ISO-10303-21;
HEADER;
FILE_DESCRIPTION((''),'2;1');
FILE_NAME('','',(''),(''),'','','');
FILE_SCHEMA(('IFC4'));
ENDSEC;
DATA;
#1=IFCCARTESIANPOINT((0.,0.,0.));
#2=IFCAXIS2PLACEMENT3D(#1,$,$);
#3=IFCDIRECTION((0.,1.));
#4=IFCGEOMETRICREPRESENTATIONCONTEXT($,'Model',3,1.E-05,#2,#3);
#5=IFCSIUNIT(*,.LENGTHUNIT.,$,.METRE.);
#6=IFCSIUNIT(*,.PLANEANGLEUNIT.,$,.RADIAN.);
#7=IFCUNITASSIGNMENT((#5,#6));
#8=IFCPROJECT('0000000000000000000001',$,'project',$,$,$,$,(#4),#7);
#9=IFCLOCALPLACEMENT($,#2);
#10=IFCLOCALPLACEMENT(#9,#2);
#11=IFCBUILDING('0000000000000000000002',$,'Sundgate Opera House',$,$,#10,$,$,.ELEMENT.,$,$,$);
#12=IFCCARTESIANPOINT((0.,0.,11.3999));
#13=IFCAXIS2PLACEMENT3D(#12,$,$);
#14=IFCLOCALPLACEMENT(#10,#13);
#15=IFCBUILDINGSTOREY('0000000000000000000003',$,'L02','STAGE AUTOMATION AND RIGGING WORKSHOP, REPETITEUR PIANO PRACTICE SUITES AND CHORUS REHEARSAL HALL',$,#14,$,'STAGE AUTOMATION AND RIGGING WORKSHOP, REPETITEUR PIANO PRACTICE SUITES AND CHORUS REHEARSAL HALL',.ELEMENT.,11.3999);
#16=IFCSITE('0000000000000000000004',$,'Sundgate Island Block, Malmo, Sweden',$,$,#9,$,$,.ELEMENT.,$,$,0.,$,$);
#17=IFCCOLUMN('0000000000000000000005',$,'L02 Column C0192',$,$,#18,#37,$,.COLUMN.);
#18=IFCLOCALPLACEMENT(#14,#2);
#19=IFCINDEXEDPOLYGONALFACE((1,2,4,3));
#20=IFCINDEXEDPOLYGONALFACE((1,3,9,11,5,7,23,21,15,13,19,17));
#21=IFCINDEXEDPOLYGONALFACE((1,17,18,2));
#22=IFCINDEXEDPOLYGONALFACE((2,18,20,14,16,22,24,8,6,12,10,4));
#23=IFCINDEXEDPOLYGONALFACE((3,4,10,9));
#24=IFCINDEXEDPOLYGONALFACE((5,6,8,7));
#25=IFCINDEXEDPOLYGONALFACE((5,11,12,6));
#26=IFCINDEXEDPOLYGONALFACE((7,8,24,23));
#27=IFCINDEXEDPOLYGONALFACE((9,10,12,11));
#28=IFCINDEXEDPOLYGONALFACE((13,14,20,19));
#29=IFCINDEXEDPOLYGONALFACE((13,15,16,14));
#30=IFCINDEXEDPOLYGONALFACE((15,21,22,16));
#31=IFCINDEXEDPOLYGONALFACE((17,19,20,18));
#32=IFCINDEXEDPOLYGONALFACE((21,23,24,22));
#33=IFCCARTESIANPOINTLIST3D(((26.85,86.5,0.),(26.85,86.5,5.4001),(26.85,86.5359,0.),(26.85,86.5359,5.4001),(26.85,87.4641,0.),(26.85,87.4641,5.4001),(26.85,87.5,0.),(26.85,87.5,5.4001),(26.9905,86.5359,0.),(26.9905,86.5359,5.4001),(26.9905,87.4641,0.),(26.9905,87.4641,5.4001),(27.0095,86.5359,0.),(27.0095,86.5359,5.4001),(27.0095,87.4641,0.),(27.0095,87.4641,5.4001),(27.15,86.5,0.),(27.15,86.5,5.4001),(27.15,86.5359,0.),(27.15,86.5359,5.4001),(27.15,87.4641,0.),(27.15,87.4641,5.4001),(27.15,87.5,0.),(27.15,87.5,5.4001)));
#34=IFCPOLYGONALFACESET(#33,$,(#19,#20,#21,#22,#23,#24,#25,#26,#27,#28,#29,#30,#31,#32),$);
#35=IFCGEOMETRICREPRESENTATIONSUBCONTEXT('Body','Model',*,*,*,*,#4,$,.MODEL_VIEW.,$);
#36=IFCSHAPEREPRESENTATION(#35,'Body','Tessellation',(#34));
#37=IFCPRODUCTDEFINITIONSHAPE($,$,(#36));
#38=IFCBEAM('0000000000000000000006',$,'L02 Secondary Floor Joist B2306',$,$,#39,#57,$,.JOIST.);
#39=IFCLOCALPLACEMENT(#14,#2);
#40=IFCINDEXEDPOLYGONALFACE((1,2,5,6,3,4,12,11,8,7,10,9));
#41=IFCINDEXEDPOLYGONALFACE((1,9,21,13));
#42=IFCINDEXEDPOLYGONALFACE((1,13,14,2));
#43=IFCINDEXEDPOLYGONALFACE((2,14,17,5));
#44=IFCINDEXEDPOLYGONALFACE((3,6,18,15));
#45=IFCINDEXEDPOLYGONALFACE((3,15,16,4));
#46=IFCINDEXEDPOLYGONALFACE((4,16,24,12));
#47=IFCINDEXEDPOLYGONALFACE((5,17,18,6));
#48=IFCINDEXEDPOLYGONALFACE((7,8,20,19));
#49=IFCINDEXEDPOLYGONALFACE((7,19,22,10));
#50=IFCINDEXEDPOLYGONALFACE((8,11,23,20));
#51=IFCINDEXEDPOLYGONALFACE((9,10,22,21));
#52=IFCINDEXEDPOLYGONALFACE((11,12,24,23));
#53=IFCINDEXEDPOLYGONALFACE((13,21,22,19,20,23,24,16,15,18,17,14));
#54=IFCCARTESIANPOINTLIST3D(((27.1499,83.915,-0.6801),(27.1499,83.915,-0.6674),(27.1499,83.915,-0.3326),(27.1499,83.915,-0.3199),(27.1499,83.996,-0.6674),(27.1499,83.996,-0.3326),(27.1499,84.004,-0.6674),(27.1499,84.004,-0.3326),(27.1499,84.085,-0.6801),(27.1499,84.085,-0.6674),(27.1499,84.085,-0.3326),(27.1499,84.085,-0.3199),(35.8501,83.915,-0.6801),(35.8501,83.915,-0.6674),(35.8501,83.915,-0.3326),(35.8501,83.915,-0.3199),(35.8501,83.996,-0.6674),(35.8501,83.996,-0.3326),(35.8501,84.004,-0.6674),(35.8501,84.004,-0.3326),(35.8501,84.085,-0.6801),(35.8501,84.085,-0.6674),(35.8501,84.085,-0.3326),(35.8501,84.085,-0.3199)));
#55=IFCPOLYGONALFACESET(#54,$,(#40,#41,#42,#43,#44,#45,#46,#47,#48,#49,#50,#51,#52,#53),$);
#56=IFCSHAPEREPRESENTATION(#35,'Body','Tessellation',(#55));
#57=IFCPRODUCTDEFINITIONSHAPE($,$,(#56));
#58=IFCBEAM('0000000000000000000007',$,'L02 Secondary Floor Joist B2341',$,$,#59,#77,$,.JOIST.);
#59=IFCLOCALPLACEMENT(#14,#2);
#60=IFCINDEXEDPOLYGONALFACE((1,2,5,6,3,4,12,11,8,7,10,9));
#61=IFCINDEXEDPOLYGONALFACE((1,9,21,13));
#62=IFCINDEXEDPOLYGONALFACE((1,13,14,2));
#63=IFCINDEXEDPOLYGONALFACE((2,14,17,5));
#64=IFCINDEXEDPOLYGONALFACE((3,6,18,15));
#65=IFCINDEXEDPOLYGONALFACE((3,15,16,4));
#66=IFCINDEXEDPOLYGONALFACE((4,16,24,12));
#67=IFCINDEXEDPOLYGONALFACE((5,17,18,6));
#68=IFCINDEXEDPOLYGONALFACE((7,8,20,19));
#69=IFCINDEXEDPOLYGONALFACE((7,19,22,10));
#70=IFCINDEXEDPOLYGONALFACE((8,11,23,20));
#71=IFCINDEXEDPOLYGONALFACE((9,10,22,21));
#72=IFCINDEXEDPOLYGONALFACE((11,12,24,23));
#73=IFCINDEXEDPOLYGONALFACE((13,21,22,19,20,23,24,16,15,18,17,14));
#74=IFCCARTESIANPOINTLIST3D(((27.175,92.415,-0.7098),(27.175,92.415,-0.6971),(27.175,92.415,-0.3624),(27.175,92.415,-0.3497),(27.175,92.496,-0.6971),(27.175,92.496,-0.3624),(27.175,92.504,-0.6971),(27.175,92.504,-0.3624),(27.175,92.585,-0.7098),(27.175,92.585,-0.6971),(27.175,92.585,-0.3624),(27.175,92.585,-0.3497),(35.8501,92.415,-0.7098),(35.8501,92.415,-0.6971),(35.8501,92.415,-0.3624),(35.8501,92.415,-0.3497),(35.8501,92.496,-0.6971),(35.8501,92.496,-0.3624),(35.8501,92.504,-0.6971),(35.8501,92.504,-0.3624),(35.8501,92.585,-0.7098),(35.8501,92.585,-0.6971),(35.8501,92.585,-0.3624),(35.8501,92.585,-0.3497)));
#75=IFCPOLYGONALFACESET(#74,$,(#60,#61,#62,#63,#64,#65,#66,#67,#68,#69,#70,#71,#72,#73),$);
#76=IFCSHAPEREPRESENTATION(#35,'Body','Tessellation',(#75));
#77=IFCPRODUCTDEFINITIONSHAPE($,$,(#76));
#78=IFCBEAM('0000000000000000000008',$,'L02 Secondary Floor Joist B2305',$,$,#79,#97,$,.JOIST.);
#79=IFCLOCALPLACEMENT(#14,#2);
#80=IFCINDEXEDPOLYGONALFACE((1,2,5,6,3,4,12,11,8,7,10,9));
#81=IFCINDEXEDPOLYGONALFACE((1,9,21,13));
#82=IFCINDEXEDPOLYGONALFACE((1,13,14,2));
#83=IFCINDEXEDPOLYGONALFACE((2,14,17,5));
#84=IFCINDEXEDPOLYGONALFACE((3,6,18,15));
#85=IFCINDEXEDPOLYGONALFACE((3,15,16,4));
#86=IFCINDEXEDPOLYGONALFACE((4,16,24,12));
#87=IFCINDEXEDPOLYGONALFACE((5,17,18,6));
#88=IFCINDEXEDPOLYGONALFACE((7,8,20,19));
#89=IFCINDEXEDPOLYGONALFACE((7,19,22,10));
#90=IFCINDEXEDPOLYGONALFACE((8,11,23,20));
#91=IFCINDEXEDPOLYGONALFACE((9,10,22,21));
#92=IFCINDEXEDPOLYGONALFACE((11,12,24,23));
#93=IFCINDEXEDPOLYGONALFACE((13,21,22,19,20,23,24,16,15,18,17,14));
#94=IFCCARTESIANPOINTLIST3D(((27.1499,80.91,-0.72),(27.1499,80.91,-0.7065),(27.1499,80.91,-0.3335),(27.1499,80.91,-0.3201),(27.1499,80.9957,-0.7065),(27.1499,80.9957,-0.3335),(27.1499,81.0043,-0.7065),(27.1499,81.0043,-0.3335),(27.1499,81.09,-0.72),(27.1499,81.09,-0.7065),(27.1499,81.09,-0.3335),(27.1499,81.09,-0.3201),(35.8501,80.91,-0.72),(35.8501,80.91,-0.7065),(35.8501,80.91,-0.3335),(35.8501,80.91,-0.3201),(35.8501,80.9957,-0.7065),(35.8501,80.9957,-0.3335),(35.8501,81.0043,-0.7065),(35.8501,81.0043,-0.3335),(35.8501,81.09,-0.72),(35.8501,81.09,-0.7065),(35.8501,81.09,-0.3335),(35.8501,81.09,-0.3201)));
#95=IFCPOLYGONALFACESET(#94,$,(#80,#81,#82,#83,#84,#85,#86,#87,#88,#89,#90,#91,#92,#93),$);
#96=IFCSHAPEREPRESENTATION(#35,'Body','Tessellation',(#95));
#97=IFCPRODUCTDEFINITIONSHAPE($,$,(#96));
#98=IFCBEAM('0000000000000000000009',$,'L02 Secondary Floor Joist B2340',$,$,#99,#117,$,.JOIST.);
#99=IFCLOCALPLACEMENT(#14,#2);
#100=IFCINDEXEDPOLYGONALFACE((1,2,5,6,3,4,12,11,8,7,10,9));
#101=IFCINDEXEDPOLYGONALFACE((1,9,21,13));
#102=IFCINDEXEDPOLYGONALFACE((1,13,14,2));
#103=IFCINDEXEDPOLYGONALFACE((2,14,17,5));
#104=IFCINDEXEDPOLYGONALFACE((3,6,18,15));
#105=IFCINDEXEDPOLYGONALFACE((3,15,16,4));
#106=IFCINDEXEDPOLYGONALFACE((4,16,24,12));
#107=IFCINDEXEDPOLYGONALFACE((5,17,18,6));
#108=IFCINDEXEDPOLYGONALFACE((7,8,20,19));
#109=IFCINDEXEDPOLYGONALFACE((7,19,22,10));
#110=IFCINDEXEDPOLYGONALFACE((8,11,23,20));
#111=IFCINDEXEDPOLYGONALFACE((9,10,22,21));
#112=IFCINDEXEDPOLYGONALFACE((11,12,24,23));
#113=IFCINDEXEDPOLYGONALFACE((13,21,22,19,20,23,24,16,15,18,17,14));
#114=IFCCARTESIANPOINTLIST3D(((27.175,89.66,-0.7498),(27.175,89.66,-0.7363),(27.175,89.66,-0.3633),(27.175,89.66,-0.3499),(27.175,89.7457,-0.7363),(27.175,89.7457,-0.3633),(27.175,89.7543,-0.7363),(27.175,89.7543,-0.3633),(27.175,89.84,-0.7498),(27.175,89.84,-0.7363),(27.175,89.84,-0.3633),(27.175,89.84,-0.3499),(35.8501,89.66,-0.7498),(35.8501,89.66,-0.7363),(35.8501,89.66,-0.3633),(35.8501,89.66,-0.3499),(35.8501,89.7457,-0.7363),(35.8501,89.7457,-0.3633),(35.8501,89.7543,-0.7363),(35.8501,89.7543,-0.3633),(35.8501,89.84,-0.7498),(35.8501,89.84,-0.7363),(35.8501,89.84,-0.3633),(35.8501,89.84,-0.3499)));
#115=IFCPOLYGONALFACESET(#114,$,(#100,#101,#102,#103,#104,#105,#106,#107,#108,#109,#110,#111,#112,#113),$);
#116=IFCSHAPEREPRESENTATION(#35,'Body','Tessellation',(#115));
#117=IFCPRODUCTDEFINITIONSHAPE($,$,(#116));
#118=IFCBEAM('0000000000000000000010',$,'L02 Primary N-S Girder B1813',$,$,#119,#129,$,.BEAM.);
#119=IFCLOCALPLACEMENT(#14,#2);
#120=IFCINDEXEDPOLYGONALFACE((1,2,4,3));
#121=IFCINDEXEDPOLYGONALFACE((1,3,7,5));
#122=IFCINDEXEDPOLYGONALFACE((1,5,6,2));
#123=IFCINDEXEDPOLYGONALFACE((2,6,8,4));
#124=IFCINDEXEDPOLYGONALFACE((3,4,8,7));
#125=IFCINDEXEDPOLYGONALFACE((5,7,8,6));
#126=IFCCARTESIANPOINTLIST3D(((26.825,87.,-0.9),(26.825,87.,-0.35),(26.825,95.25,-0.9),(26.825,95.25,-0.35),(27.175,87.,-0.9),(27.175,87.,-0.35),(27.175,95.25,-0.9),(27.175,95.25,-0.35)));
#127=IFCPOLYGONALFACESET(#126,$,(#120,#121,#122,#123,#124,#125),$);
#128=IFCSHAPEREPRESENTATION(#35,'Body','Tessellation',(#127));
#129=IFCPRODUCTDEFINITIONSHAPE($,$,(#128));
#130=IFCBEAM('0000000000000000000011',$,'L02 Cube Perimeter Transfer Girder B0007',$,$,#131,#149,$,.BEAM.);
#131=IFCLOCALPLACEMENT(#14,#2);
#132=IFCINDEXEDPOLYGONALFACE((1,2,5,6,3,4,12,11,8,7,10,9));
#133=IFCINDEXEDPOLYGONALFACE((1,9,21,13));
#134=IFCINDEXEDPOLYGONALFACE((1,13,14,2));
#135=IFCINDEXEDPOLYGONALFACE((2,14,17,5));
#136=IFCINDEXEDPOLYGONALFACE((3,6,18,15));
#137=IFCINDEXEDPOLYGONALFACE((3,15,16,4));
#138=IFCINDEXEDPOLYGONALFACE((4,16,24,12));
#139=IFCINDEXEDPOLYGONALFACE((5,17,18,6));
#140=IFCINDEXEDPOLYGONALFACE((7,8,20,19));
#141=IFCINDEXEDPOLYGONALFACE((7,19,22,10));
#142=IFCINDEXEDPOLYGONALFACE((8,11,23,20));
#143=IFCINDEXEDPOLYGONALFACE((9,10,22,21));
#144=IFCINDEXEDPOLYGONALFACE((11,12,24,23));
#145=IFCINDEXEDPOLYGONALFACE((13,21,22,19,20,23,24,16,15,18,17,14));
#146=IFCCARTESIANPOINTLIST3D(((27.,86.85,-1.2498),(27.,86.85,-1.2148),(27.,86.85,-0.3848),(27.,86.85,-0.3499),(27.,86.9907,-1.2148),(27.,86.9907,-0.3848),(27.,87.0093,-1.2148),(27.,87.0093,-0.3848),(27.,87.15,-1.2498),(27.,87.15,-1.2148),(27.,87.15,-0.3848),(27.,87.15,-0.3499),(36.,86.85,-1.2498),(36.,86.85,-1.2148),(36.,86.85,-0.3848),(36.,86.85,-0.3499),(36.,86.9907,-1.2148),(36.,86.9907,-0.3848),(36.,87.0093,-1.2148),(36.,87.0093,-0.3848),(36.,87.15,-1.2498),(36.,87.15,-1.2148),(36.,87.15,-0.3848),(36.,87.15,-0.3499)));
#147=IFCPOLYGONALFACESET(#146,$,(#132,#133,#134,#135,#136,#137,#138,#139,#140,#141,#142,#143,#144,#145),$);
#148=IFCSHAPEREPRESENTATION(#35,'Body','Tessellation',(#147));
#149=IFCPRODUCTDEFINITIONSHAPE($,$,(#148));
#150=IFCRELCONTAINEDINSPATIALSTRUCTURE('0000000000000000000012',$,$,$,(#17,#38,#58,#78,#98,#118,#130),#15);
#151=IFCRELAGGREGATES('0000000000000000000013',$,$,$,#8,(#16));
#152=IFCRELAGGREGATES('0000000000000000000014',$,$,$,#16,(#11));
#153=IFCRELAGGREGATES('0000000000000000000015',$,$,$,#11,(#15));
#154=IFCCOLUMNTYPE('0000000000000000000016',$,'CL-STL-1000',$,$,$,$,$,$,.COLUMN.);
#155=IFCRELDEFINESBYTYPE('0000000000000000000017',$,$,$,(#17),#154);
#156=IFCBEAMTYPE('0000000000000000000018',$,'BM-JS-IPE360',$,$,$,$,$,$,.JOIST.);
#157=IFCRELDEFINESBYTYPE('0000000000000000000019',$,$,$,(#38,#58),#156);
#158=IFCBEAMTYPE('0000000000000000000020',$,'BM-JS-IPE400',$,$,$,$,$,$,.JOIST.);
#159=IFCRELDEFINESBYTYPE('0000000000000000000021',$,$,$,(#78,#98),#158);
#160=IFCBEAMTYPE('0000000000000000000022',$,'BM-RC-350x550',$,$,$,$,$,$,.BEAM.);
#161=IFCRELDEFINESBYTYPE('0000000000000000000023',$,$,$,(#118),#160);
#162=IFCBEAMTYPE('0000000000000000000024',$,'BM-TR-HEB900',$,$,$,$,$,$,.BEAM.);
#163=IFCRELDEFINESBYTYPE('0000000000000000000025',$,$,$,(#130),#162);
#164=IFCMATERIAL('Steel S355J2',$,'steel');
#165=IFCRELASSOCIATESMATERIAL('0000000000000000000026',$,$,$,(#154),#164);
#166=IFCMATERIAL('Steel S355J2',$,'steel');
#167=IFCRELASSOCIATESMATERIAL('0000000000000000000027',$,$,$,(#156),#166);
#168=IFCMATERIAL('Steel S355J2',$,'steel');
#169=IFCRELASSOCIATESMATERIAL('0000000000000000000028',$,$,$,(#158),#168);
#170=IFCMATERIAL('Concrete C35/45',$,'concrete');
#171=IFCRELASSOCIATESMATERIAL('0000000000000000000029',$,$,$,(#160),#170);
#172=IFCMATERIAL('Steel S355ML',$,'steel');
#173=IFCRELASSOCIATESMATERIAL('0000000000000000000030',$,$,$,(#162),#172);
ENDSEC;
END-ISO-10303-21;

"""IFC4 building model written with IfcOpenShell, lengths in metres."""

from ifc_helpers import new_model, si_unit, direction, frame, origin, origin_2d, place, context, subcontext, project, spatial, rectangle, i_section, extrude, material, material_profile, profile_set, type_object, element, save


model = new_model("IFC4")

# Units and contexts
model_context = context("Model", 3, precision=1e-05, world=origin(), true_north=direction((0.0, 1.0)))
body_context = subcontext(model_context, "Body", "Model", "MODEL_VIEW")
ifc_project = project(units=[si_unit("LENGTHUNIT", "METRE"), si_unit("PLANEANGLEUNIT", "RADIAN")], contexts=[model_context])

# Site, building, storey
site_placement = place(None, origin())
site = spatial("IfcSite", under=ifc_project, at=site_placement, Name="Sundgate Island Block, Malmo, Sweden", CompositionType="ELEMENT", RefElevation=0.0)
building_placement = place(site_placement, origin())
building = spatial("IfcBuilding", under=site, at=building_placement, Name="Sundgate Opera House", CompositionType="ELEMENT")
storey_placement = place(building_placement, frame((0.0, 0.0, 11.3999)))
storey = spatial("IfcBuildingStorey", under=building, at=storey_placement, Name="L02", Description="STAGE AUTOMATION AND RIGGING WORKSHOP, REPETITEUR PIANO PRACTICE SUITES AND CHORUS REHEARSAL HALL", LongName="STAGE AUTOMATION AND RIGGING WORKSHOP, REPETITEUR PIANO PRACTICE SUITES AND CHORUS REHEARSAL HALL", CompositionType="ELEMENT", Elevation=11.3999)

# Column
ifc_material_1 = material(Name="Steel S355J2", Category="steel")
ifc_material_profile_1 = material_profile(ifc_material_1, i_section(OverallWidth=0.3, OverallDepth=1.0, WebThickness=0.019, FlangeThickness=0.0359, at=origin_2d()), Name="HEB 1000")
ifc_profile_set_1 = profile_set([ifc_material_profile_1], Name="Steel S355J2")
column_type = type_object("IfcColumnType", Name="CL-STL-1000", PredefinedType="COLUMN", material=ifc_profile_set_1)
column_placement = place(storey_placement, frame((27.0, 87.0, 0.0), z_axis=(0.0, 0.0, 1.0), x_axis=(1.0, 0.0, 0.0)))
element("IfcColumn", 1, at=column_placement, inside=storey, type_object=column_type, Name="L02 Column C0192", PredefinedType="COLUMN", context=body_context, shape_type="SweptSolid", body=[
    extrude(i_section(OverallWidth=0.3, OverallDepth=1.0, WebThickness=0.019, FlangeThickness=0.0359, at=origin_2d()), origin(), (0.0, 0.0, 1.0), 5.4001),
])

# Beams
ifc_material_2 = material(Name="Steel S355J2", Category="steel")
ifc_material_profile_2 = material_profile(ifc_material_2, i_section(OverallWidth=0.1699, OverallDepth=0.3601, WebThickness=0.0081, FlangeThickness=0.0127, at=origin_2d()), Name="IPE 360")
ifc_profile_set_2 = profile_set([ifc_material_profile_2], Name="Steel S355J2")
beam_type_1 = type_object("IfcBeamType", Name="BM-JS-IPE360", PredefinedType="JOIST", material=ifc_profile_set_2)
beam_1_placement = place(storey_placement, frame((27.1499, 84.0, -0.5), z_axis=(1.0, 0.0, 0.0), x_axis=(0.0, 1.0, 0.0)))
element("IfcBeam", 2, at=beam_1_placement, inside=storey, type_object=beam_type_1, Name="L02 Secondary Floor Joist B2306", PredefinedType="JOIST", context=body_context, shape_type="SweptSolid", body=[
    extrude(i_section(OverallWidth=0.1699, OverallDepth=0.3601, WebThickness=0.0081, FlangeThickness=0.0127, at=origin_2d()), origin(), (0.0, 0.0, 1.0), 8.7002),
])
beam_2_placement = place(storey_placement, frame((27.175, 92.5, -0.5298), z_axis=(1.0, 0.0, 0.0), x_axis=(0.0, 1.0, 0.0)))
element("IfcBeam", 3, at=beam_2_placement, inside=storey, type_object=beam_type_1, Name="L02 Secondary Floor Joist B2341", PredefinedType="JOIST", context=body_context, shape_type="SweptSolid", body=[
    extrude(i_section(OverallWidth=0.1699, OverallDepth=0.3601, WebThickness=0.0081, FlangeThickness=0.0127, at=origin_2d()), origin(), (0.0, 0.0, 1.0), 8.675),
])
ifc_material_3 = material(Name="Steel S355J2", Category="steel")
ifc_material_profile_3 = material_profile(ifc_material_3, i_section(OverallWidth=0.1799, OverallDepth=0.3999, WebThickness=0.0085, FlangeThickness=0.0134, at=origin_2d()), Name="IPE 400")
ifc_profile_set_3 = profile_set([ifc_material_profile_3], Name="Steel S355J2")
beam_type_2 = type_object("IfcBeamType", Name="BM-JS-IPE400", PredefinedType="JOIST", material=ifc_profile_set_3)
beam_3_placement = place(storey_placement, frame((27.1499, 81.0, -0.52), z_axis=(1.0, 0.0, 0.0), x_axis=(0.0, 1.0, 0.0)))
element("IfcBeam", 4, at=beam_3_placement, inside=storey, type_object=beam_type_2, Name="L02 Secondary Floor Joist B2305", PredefinedType="JOIST", context=body_context, shape_type="SweptSolid", body=[
    extrude(i_section(OverallWidth=0.1799, OverallDepth=0.3999, WebThickness=0.0085, FlangeThickness=0.0134, at=origin_2d()), origin(), (0.0, 0.0, 1.0), 8.7002),
])
beam_4_placement = place(storey_placement, frame((27.175, 89.75, -0.5498), z_axis=(1.0, 0.0, 0.0), x_axis=(0.0, 1.0, 0.0)))
element("IfcBeam", 5, at=beam_4_placement, inside=storey, type_object=beam_type_2, Name="L02 Secondary Floor Joist B2340", PredefinedType="JOIST", context=body_context, shape_type="SweptSolid", body=[
    extrude(i_section(OverallWidth=0.1799, OverallDepth=0.3999, WebThickness=0.0085, FlangeThickness=0.0134, at=origin_2d()), origin(), (0.0, 0.0, 1.0), 8.675),
])
ifc_material_4 = material(Name="Concrete C35/45", Category="concrete")
ifc_material_profile_4 = material_profile(ifc_material_4, rectangle(XDim=0.3501, YDim=0.55, at=origin_2d()), Name="RC 350x550")
ifc_profile_set_4 = profile_set([ifc_material_profile_4], Name="Concrete C35/45")
beam_type_3 = type_object("IfcBeamType", Name="BM-RC-350x550", PredefinedType="BEAM", material=ifc_profile_set_4)
beam_5_placement = place(storey_placement, frame((27.0, 87.0, -0.625), z_axis=(0.0, 1.0, 0.0), x_axis=(-1.0, 0.0, 0.0)))
element("IfcBeam", 6, at=beam_5_placement, inside=storey, type_object=beam_type_3, Name="L02 Primary N-S Girder B1813", PredefinedType="BEAM", context=body_context, shape_type="SweptSolid", body=[
    extrude(rectangle(XDim=0.3501, YDim=0.55, at=origin_2d()), origin(), (0.0, 0.0, 1.0), 8.25),
])
ifc_material_5 = material(Name="Steel S355ML", Category="steel")
ifc_material_profile_5 = material_profile(ifc_material_5, i_section(OverallWidth=0.3, OverallDepth=0.8999, WebThickness=0.0186, FlangeThickness=0.0349, at=origin_2d()), Name="HEB 900")
ifc_profile_set_5 = profile_set([ifc_material_profile_5], Name="Steel S355ML")
beam_type_4 = type_object("IfcBeamType", Name="BM-TR-HEB900", PredefinedType="BEAM", material=ifc_profile_set_5)
beam_6_placement = place(storey_placement, frame((27.0, 87.0, -0.7998), z_axis=(1.0, 0.0, 0.0), x_axis=(0.0, 1.0, 0.0)))
element("IfcBeam", 7, at=beam_6_placement, inside=storey, type_object=beam_type_4, Name="L02 Cube Perimeter Transfer Girder B0007", PredefinedType="BEAM", context=body_context, shape_type="SweptSolid", body=[
    extrude(i_section(OverallWidth=0.3, OverallDepth=0.8999, WebThickness=0.0186, FlangeThickness=0.0349, at=origin_2d()), origin(), (0.0, 0.0, 1.0), 9.0),
])

save(model, "model.ifc")
